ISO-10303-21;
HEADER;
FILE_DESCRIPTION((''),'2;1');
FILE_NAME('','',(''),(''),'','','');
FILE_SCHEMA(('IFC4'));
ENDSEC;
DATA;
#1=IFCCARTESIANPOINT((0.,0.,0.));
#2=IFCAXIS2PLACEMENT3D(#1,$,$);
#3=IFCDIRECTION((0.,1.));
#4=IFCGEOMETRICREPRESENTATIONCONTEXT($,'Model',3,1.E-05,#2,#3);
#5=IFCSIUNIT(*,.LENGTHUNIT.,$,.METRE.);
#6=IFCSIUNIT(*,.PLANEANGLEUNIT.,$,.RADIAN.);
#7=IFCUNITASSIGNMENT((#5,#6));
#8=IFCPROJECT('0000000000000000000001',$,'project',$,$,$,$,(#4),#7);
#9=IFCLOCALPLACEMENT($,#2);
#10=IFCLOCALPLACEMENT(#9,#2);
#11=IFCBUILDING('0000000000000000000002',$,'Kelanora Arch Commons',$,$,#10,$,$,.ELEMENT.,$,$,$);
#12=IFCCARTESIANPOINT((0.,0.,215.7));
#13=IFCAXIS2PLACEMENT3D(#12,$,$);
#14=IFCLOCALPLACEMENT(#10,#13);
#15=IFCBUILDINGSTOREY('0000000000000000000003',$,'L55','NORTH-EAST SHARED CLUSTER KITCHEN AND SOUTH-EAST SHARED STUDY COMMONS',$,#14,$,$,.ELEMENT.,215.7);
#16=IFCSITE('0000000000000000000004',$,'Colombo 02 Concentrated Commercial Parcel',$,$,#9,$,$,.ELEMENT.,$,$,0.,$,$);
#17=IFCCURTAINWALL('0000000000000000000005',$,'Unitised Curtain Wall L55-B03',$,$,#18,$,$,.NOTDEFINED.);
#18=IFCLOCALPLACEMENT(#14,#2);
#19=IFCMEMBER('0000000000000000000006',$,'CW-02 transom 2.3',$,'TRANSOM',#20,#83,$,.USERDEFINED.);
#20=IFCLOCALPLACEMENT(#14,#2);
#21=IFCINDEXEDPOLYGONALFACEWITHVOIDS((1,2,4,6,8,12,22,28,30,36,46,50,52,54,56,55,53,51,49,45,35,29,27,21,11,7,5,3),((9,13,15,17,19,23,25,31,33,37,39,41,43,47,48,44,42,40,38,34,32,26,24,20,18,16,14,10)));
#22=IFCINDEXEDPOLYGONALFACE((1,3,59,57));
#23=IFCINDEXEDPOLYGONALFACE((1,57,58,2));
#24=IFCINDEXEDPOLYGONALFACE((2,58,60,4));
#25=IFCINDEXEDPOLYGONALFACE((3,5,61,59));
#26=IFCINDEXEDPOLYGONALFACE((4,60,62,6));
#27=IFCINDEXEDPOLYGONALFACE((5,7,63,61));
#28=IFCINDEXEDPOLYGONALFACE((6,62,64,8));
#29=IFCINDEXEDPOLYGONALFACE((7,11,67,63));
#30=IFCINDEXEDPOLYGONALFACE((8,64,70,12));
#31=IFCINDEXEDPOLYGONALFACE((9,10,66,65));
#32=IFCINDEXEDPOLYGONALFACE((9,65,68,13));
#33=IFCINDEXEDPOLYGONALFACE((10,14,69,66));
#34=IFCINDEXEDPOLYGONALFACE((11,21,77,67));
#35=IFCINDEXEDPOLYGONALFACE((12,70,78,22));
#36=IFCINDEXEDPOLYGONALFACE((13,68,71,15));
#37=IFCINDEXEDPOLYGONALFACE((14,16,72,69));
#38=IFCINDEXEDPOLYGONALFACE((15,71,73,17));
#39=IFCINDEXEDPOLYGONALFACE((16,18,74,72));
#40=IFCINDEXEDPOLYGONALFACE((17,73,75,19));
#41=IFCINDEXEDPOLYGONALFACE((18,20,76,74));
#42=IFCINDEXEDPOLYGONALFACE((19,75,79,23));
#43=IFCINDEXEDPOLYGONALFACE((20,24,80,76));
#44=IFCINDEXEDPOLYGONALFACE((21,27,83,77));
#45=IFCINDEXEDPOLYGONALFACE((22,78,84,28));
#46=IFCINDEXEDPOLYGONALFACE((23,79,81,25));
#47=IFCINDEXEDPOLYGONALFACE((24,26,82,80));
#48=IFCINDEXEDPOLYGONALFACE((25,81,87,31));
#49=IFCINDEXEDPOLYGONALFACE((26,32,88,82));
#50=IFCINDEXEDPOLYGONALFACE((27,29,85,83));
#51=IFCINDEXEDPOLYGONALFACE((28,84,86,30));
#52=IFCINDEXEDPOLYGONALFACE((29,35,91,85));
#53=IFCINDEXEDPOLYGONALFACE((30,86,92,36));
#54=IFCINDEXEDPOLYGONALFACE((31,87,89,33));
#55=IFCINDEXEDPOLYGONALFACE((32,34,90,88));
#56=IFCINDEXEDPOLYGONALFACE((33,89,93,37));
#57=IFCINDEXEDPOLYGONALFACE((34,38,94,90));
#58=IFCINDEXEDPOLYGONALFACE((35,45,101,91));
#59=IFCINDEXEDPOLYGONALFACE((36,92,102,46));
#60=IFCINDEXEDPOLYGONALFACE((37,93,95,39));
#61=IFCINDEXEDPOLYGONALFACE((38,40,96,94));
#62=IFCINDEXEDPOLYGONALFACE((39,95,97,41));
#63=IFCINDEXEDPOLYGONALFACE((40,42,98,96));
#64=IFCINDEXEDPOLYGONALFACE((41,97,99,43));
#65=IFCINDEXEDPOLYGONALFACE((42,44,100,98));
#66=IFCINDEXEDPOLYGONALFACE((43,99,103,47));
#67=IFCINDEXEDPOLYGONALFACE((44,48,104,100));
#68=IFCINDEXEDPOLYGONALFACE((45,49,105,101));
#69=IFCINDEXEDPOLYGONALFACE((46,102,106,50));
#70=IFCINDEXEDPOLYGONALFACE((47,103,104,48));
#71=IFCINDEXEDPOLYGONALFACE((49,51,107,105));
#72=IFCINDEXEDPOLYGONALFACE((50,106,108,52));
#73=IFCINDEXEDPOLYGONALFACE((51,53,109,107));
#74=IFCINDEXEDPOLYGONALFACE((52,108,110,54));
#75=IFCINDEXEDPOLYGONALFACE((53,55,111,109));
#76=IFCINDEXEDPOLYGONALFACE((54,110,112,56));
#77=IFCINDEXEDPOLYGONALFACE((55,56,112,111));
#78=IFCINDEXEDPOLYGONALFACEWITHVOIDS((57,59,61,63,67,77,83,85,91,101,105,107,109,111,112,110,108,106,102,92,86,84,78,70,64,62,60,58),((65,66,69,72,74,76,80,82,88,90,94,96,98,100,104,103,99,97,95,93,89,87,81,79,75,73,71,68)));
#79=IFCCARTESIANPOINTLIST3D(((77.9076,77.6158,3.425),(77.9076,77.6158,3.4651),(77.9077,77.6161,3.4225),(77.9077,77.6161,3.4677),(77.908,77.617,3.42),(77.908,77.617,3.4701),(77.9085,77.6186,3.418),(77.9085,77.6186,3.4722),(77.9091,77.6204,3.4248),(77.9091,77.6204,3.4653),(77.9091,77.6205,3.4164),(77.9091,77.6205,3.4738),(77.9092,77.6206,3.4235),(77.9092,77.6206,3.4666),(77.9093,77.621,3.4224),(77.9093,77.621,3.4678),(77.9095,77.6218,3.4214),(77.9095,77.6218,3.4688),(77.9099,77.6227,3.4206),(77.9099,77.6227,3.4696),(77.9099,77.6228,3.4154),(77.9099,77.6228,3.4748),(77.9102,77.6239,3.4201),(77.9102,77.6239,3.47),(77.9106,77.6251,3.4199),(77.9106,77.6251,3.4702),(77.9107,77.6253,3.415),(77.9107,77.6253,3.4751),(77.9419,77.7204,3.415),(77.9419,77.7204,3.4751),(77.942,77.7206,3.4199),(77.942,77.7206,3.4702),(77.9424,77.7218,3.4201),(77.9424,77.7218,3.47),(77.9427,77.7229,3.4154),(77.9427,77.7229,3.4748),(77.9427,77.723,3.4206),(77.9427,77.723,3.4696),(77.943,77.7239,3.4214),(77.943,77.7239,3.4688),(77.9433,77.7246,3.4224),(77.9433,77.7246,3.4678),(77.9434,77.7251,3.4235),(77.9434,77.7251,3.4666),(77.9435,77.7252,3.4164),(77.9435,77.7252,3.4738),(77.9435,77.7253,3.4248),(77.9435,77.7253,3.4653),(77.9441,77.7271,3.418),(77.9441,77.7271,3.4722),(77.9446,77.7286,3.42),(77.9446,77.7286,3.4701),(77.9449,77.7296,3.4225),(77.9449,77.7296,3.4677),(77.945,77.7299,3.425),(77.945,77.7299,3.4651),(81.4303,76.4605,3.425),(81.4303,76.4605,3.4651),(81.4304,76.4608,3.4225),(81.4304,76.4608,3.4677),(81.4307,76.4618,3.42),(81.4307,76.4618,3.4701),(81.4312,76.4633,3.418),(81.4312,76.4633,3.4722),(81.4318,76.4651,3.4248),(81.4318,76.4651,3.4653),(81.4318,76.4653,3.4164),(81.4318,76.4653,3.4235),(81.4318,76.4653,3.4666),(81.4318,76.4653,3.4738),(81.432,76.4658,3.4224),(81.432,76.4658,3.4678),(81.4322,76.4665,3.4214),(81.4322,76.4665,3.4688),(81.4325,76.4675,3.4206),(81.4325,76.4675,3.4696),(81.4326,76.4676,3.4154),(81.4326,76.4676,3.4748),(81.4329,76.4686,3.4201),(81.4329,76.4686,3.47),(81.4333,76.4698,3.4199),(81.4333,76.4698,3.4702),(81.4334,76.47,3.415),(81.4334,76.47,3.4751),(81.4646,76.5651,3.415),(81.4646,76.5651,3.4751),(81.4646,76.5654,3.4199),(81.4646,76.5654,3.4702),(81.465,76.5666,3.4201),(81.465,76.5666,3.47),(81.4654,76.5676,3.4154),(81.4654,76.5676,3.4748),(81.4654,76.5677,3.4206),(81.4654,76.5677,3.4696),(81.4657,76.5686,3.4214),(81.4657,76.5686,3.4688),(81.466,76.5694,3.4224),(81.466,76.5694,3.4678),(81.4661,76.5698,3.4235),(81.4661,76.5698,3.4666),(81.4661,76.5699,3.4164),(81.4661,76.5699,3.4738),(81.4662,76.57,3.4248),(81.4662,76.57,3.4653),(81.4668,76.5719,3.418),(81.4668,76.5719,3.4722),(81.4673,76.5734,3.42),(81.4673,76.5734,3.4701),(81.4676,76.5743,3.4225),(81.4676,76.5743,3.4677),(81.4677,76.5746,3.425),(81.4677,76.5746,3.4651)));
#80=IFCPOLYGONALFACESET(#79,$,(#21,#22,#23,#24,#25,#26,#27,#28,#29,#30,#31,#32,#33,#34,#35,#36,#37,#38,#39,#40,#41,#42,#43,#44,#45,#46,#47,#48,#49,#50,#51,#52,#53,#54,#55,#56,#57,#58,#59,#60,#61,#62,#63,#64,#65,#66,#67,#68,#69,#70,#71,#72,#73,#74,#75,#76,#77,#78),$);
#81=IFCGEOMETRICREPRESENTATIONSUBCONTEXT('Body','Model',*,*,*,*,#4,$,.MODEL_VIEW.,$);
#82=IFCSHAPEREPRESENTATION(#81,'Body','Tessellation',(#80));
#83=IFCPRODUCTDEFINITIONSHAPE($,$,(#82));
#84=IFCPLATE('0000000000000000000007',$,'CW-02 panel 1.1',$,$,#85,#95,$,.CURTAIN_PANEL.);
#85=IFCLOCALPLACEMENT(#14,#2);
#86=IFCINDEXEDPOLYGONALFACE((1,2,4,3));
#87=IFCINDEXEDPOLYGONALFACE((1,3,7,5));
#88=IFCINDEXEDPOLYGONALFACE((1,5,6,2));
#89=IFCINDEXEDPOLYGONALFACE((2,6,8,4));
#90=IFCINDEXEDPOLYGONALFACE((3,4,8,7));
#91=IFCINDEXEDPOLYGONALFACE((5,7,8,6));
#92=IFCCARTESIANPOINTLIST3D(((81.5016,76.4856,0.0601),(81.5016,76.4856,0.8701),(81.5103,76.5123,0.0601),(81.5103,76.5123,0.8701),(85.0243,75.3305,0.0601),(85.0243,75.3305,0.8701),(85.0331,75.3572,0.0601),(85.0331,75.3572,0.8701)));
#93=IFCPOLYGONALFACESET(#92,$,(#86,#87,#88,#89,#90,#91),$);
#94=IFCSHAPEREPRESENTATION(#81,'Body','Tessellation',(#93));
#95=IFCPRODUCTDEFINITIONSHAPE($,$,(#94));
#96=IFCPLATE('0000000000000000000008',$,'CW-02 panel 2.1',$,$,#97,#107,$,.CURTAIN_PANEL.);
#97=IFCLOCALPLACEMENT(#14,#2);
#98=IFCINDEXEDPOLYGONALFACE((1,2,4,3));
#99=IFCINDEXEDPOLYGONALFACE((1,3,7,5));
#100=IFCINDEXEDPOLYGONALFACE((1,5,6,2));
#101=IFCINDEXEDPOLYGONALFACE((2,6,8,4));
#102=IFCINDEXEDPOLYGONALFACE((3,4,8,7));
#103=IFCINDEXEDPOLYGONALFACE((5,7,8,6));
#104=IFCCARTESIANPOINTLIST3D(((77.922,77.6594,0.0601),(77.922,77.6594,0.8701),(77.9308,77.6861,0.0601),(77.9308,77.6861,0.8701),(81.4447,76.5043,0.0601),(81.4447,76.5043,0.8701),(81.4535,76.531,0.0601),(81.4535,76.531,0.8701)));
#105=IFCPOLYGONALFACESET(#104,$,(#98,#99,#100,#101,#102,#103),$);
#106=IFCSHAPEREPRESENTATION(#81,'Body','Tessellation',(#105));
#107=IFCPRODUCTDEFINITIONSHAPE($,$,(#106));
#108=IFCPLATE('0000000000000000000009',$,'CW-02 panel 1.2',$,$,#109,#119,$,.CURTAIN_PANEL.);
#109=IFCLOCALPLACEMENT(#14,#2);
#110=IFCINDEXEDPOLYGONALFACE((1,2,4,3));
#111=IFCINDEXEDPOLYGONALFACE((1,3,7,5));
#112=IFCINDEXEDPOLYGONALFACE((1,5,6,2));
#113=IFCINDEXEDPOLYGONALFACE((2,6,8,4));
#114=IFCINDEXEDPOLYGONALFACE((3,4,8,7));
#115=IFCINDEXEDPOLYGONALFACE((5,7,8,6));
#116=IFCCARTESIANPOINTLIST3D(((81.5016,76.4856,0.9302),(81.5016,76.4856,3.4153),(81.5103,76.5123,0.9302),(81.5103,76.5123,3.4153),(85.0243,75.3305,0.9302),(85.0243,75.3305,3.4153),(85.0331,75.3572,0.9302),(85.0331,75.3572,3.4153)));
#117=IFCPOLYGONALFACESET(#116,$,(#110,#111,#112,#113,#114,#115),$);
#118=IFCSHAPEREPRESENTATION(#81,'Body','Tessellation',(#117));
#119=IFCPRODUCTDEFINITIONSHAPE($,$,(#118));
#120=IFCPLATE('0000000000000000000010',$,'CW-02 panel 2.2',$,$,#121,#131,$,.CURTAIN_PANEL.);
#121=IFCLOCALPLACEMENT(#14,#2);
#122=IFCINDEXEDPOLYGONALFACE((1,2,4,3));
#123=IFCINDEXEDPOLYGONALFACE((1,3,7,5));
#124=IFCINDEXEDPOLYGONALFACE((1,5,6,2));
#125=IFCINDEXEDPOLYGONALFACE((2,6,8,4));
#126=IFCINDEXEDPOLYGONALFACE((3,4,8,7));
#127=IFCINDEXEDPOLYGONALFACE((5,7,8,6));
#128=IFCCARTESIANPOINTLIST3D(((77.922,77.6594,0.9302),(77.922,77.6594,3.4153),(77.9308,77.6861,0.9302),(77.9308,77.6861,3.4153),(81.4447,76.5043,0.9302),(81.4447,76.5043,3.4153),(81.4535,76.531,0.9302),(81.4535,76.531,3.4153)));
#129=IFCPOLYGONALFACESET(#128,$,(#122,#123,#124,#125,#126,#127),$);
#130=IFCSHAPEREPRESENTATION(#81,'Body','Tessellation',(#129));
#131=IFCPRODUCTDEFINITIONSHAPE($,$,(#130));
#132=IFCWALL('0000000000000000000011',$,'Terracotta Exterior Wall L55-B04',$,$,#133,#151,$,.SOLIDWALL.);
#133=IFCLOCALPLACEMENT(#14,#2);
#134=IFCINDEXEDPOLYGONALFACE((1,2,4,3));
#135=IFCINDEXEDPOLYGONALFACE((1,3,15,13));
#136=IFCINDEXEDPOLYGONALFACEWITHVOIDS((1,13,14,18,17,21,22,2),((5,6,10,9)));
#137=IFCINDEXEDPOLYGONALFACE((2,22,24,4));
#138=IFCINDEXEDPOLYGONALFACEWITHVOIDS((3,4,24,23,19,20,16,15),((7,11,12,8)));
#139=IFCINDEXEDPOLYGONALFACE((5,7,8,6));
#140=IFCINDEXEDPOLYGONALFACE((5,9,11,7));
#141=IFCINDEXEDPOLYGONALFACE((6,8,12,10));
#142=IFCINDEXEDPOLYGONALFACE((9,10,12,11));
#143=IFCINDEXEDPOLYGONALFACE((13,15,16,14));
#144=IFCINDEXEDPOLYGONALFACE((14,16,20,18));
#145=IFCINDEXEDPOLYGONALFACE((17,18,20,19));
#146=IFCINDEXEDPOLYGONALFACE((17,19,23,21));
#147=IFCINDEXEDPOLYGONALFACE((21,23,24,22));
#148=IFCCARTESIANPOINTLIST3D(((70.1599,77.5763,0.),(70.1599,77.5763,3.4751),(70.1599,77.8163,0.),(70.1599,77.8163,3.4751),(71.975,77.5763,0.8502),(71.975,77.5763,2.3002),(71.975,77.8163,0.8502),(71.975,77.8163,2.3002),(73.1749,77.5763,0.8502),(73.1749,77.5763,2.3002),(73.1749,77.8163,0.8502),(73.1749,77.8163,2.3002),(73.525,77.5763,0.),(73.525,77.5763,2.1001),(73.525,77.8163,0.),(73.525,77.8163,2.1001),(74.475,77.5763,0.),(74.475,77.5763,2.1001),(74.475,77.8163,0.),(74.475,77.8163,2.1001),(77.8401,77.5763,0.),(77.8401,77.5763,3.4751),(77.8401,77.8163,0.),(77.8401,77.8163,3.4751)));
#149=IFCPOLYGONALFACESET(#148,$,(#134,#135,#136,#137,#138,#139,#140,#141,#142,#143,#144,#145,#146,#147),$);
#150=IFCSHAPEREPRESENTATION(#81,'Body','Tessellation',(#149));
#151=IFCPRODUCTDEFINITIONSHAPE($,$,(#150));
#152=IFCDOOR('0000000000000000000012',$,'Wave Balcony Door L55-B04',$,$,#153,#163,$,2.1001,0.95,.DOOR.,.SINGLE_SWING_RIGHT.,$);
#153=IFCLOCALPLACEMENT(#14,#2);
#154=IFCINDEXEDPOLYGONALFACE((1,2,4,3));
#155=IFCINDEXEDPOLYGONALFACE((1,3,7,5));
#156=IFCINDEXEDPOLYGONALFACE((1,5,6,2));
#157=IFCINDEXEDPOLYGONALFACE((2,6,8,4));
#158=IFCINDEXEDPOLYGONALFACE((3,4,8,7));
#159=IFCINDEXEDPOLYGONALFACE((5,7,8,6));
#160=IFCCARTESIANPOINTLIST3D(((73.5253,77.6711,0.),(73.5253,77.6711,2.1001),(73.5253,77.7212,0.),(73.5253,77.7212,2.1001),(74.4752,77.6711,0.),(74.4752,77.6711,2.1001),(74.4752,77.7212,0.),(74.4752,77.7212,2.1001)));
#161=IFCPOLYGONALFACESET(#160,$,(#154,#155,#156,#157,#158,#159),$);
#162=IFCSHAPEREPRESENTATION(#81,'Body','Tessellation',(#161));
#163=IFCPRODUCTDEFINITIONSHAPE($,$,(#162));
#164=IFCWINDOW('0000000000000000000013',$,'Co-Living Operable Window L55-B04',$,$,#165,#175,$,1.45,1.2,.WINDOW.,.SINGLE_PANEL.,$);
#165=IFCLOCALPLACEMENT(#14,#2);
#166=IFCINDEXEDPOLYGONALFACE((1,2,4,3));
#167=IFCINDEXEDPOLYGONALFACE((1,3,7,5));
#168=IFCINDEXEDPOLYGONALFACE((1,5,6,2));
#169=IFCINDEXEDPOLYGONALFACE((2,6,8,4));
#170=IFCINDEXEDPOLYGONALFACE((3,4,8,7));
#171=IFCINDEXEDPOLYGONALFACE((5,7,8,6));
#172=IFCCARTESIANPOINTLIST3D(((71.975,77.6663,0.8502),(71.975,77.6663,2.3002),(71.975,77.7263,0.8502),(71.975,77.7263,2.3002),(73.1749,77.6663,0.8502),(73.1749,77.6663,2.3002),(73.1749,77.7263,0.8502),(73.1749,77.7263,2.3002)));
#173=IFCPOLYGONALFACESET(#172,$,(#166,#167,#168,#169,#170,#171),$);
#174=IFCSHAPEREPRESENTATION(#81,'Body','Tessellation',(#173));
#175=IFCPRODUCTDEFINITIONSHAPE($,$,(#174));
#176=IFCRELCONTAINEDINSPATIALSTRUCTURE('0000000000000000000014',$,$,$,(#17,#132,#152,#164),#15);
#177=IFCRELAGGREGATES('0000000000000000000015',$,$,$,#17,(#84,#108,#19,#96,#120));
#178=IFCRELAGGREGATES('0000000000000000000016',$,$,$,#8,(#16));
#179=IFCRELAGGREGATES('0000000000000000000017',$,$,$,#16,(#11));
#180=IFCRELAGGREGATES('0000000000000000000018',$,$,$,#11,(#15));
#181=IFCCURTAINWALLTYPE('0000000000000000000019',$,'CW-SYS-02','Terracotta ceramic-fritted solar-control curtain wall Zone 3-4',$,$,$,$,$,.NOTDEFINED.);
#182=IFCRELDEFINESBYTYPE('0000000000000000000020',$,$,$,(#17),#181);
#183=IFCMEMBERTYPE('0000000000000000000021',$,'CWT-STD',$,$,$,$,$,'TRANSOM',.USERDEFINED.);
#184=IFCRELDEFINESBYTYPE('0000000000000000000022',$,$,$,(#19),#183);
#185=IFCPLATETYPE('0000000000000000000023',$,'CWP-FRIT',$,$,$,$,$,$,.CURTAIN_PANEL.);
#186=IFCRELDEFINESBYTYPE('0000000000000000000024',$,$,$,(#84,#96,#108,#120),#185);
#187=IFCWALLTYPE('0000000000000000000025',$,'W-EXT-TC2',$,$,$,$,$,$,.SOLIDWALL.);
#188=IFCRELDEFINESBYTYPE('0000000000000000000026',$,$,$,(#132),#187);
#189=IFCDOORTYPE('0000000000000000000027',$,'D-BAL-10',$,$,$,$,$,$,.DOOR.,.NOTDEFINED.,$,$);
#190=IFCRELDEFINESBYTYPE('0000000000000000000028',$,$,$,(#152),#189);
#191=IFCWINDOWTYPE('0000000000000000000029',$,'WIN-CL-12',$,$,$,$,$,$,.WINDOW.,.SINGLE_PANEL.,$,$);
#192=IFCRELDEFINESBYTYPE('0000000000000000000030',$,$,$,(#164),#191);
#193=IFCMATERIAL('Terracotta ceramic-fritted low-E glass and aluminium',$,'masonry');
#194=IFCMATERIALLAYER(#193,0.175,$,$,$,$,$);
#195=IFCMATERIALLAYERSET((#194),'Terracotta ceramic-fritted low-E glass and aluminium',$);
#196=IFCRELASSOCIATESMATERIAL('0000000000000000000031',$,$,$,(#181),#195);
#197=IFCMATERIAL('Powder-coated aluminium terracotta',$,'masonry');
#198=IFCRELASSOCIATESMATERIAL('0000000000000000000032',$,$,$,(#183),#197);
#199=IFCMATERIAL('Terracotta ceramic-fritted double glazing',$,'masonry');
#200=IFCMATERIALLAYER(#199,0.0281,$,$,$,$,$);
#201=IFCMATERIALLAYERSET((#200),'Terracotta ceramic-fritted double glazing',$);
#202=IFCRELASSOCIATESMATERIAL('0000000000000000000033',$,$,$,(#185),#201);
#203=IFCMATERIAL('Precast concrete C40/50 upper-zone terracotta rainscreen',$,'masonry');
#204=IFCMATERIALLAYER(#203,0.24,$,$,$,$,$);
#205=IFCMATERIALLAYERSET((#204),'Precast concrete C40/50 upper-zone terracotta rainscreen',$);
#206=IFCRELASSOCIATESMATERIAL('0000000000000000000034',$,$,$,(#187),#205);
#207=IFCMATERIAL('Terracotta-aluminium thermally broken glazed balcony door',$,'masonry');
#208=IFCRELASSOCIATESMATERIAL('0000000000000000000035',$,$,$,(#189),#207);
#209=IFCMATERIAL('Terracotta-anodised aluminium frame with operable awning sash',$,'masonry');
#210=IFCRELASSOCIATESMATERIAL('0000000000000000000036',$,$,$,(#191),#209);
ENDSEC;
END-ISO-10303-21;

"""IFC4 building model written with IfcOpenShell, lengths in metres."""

from ifc_helpers import new_model, si_unit, direction, frame, frame_2d, origin, origin_2d, place, context, subcontext, project, spatial, rectangle, hollow_rectangle, extrude, source, transform, mapped, material, layer, layer_set, material_profile, profile_set, type_object, element, fill, aggregate, save


model = new_model("IFC4")

# Units and contexts
model_context = context("Model", 3, precision=1e-05, world=origin(), true_north=direction((0.0, 1.0)))
body_context = subcontext(model_context, "Body", "Model", "MODEL_VIEW")
ifc_project = project(units=[si_unit("LENGTHUNIT", "METRE"), si_unit("PLANEANGLEUNIT", "RADIAN")], contexts=[model_context])

# Site, building, storey
site_placement = place(None, origin())
site = spatial("IfcSite", under=ifc_project, at=site_placement, Name="Colombo 02 Concentrated Commercial Parcel", CompositionType="ELEMENT", RefElevation=0.0)
building_placement = place(site_placement, origin())
building = spatial("IfcBuilding", under=site, at=building_placement, Name="Kelanora Arch Commons", CompositionType="ELEMENT")
storey_placement = place(building_placement, frame((0.0, 0.0, 215.7)))
storey = spatial("IfcBuildingStorey", under=building, at=storey_placement, Name="L55", Description="NORTH-EAST SHARED CLUSTER KITCHEN AND SOUTH-EAST SHARED STUDY COMMONS", CompositionType="ELEMENT", Elevation=215.7)

# Curtain wall, member, plates
ifc_material_1 = material(Name="Terracotta ceramic-fritted low-E glass and aluminium", Category="masonry")
ifc_layer_1 = layer(ifc_material_1, 0.175)
ifc_layer_set_1 = layer_set([ifc_layer_1], Name="Terracotta ceramic-fritted low-E glass and aluminium")
curtain_wall_type = type_object("IfcCurtainWallType", Name="CW-SYS-02", Description="Terracotta ceramic-fritted solar-control curtain wall Zone 3-4", PredefinedType="NOTDEFINED", material=ifc_layer_set_1)
curtain_wall_placement = place(storey_placement, origin())
curtain_wall = element("IfcCurtainWall", 1, at=curtain_wall_placement, inside=storey, type_object=curtain_wall_type, Name="Unitised Curtain Wall L55-B03", PredefinedType="NOTDEFINED")
ifc_material_2 = material(Name="Powder-coated aluminium terracotta", Category="masonry")
ifc_material_profile_1 = material_profile(ifc_material_2, hollow_rectangle(XDim=0.1201, YDim=0.0601, WallThickness=0.0049, InnerFilletRadius=0.0049, OuterFilletRadius=0.01, at=origin_2d()), Name="CWT120x60")
ifc_profile_set_1 = profile_set([ifc_material_profile_1], Name="Powder-coated aluminium terracotta")
member_type_1 = type_object("IfcMemberType", Name="CWT-STD", ElementType="TRANSOM", PredefinedType="USERDEFINED", material=ifc_profile_set_1)
member_1_placement = place(storey_placement, frame((81.449, 76.5176, 3.4451), z_axis=(-0.950207, 0.311621, 0.0), x_axis=(-0.311621, -0.950207, 0.0)))
member_1 = element("IfcMember", 2, at=member_1_placement, type_object=member_type_1, Name="CW-02 transom 2.3", ObjectType="TRANSOM", PredefinedType="USERDEFINED", context=body_context, shape_type="SweptSolid", body=[
    extrude(hollow_rectangle(XDim=0.1201, YDim=0.0601, WallThickness=0.0049, InnerFilletRadius=0.0049, OuterFilletRadius=0.01, at=origin_2d()), origin(), (0.0, 0.0, 1.0), 3.7073),
])
ifc_material_3 = material(Name="Terracotta ceramic-fritted double glazing", Category="masonry")
ifc_layer_2 = layer(ifc_material_3, 0.0281)
ifc_layer_set_2 = layer_set([ifc_layer_2], Name="Terracotta ceramic-fritted double glazing")
plate_type = type_object("IfcPlateType", Name="CWP-FRIT", PredefinedType="CURTAIN_PANEL", material=ifc_layer_set_2)
shared_shape_1 = source(origin(), body_context, "Body", "SweptSolid", [
    extrude(rectangle(XDim=3.7073, YDim=0.0281, at=origin_2d()), origin(), (0.0, 0.0, 1.0), 0.8101),
])
plate_1_placement = place(storey_placement, frame((83.2673, 75.9214, 0.0601), z_axis=(0.0, 0.0, 1.0), x_axis=(-0.950219, 0.311582, 0.0)))
plate_1 = element("IfcPlate", 3, at=plate_1_placement, type_object=plate_type, Name="CW-02 panel 1.1", PredefinedType="CURTAIN_PANEL", context=body_context, shape_type="MappedRepresentation", body=[
    mapped(shared_shape_1, transform((0.0, 0.0, 0.0), scale=1.0)),
])
plate_2_placement = place(storey_placement, frame((79.6877, 77.0952, 0.0601), z_axis=(0.0, 0.0, 1.0), x_axis=(-0.950219, 0.311582, 0.0)))
plate_2 = element("IfcPlate", 4, at=plate_2_placement, type_object=plate_type, Name="CW-02 panel 2.1", PredefinedType="CURTAIN_PANEL", context=body_context, shape_type="MappedRepresentation", body=[
    mapped(shared_shape_1, transform((0.0, 0.0, 0.0), scale=1.0)),
])
shared_shape_2 = source(origin(), body_context, "Body", "SweptSolid", [
    extrude(rectangle(XDim=3.7073, YDim=0.0281, at=origin_2d()), origin(), (0.0, 0.0, 1.0), 2.4851),
])
plate_3_placement = place(storey_placement, frame((83.2673, 75.9214, 0.9302), z_axis=(0.0, 0.0, 1.0), x_axis=(-0.950219, 0.311582, 0.0)))
plate_3 = element("IfcPlate", 5, at=plate_3_placement, type_object=plate_type, Name="CW-02 panel 1.2", PredefinedType="CURTAIN_PANEL", context=body_context, shape_type="MappedRepresentation", body=[
    mapped(shared_shape_2, transform((0.0, 0.0, 0.0), scale=1.0)),
])
plate_4_placement = place(storey_placement, frame((79.6877, 77.0952, 0.9302), z_axis=(0.0, 0.0, 1.0), x_axis=(-0.950219, 0.311582, 0.0)))
plate_4 = element("IfcPlate", 6, at=plate_4_placement, type_object=plate_type, Name="CW-02 panel 2.2", PredefinedType="CURTAIN_PANEL", context=body_context, shape_type="MappedRepresentation", body=[
    mapped(shared_shape_2, transform((0.0, 0.0, 0.0), scale=1.0)),
])
aggregate(curtain_wall, [plate_1, plate_3, member_1, plate_2, plate_4])

# Wall, openings, door, window
ifc_material_4 = material(Name="Precast concrete C40/50 upper-zone terracotta rainscreen", Category="masonry")
ifc_layer_3 = layer(ifc_material_4, 0.24)
ifc_layer_set_3 = layer_set([ifc_layer_3], Name="Precast concrete C40/50 upper-zone terracotta rainscreen")
wall_type_1 = type_object("IfcWallType", Name="W-EXT-TC2", PredefinedType="SOLIDWALL", material=ifc_layer_set_3)
wall_1_placement = place(storey_placement, frame((77.8401, 77.6963, 0.0), z_axis=(0.0, 0.0, 1.0), x_axis=(-1.0, 0.0, 0.0)))
wall_1 = element("IfcWall", 7, at=wall_1_placement, inside=storey, type_object=wall_type_1, Name="Terracotta Exterior Wall L55-B04", PredefinedType="SOLIDWALL", context=body_context, shape_type="SweptSolid", body=[
    extrude(rectangle(XDim=7.6802, YDim=0.24, at=frame_2d((3.8401, 0.0))), origin(), (0.0, 0.0, 1.0), 3.4751),
])
opening_1_placement = place(wall_1_placement, frame((3.365, 0.0, 0.0)))
opening_1 = element("IfcOpeningElement", 8, at=opening_1_placement, cuts=wall_1, PredefinedType="OPENING", context=body_context, shape_type="SweptSolid", body=[
    extrude(rectangle(XDim=0.95, YDim=2.1001, at=frame_2d((0.4751, 1.05))), frame((0.0, 0.1299, 0.0), z_axis=(0.0, -1.0, 0.0), x_axis=(1.0, 0.0, 0.0)), (0.0, 0.0, 1.0), 0.26),
])
opening_2_placement = place(wall_1_placement, frame((4.665, 0.0, 0.8501)))
opening_2 = element("IfcOpeningElement", 9, at=opening_2_placement, cuts=wall_1, PredefinedType="OPENING", context=body_context, shape_type="SweptSolid", body=[
    extrude(rectangle(XDim=1.2, YDim=1.45, at=frame_2d((0.6001, 0.7251))), frame((0.0, 0.1299, 0.0), z_axis=(0.0, -1.0, 0.0), x_axis=(1.0, 0.0, 0.0)), (0.0, 0.0, 1.0), 0.26),
])
ifc_material_5 = material(Name="Terracotta-aluminium thermally broken glazed balcony door", Category="masonry")
door_type_1 = type_object("IfcDoorType", Name="D-BAL-10", OperationType="NOTDEFINED", PredefinedType="DOOR", material=ifc_material_5)
door_1_placement = place(opening_1_placement, frame((0.95, 0.0, 0.0), z_axis=(0.0, 0.0, 1.0), x_axis=(-1.0, 0.0, 0.0)))
door_1 = element("IfcDoor", 10, at=door_1_placement, inside=storey, type_object=door_type_1, Name="Wave Balcony Door L55-B04", OperationType="SINGLE_SWING_RIGHT", OverallHeight=2.1001, OverallWidth=0.95, PredefinedType="DOOR", context=body_context, shape_type="SweptSolid", body=[
    extrude(rectangle(XDim=0.95, YDim=2.1001, at=frame_2d((0.4751, 1.05))), frame((0.0, 0.0249, 0.0), z_axis=(0.0, -1.0, 0.0), x_axis=(1.0, 0.0, 0.0)), (0.0, 0.0, 1.0), 0.05),
])
fill(opening_1, door_1)
ifc_material_6 = material(Name="Terracotta-anodised aluminium frame with operable awning sash", Category="masonry")
window_type = type_object("IfcWindowType", Name="WIN-CL-12", PartitioningType="SINGLE_PANEL", PredefinedType="WINDOW", material=ifc_material_6)
window_placement = place(opening_2_placement, origin())
window = element("IfcWindow", 11, at=window_placement, inside=storey, type_object=window_type, Name="Co-Living Operable Window L55-B04", OverallHeight=1.45, OverallWidth=1.2, PartitioningType="SINGLE_PANEL", PredefinedType="WINDOW", context=body_context, shape_type="SweptSolid", body=[
    extrude(rectangle(XDim=1.2, YDim=1.45, at=frame_2d((0.6001, 0.7251))), frame((0.0, 0.03, 0.0), z_axis=(0.0, -1.0, 0.0), x_axis=(1.0, 0.0, 0.0)), (0.0, 0.0, 1.0), 0.0601),
])
fill(opening_2, window)

save(model, "model.ifc")
